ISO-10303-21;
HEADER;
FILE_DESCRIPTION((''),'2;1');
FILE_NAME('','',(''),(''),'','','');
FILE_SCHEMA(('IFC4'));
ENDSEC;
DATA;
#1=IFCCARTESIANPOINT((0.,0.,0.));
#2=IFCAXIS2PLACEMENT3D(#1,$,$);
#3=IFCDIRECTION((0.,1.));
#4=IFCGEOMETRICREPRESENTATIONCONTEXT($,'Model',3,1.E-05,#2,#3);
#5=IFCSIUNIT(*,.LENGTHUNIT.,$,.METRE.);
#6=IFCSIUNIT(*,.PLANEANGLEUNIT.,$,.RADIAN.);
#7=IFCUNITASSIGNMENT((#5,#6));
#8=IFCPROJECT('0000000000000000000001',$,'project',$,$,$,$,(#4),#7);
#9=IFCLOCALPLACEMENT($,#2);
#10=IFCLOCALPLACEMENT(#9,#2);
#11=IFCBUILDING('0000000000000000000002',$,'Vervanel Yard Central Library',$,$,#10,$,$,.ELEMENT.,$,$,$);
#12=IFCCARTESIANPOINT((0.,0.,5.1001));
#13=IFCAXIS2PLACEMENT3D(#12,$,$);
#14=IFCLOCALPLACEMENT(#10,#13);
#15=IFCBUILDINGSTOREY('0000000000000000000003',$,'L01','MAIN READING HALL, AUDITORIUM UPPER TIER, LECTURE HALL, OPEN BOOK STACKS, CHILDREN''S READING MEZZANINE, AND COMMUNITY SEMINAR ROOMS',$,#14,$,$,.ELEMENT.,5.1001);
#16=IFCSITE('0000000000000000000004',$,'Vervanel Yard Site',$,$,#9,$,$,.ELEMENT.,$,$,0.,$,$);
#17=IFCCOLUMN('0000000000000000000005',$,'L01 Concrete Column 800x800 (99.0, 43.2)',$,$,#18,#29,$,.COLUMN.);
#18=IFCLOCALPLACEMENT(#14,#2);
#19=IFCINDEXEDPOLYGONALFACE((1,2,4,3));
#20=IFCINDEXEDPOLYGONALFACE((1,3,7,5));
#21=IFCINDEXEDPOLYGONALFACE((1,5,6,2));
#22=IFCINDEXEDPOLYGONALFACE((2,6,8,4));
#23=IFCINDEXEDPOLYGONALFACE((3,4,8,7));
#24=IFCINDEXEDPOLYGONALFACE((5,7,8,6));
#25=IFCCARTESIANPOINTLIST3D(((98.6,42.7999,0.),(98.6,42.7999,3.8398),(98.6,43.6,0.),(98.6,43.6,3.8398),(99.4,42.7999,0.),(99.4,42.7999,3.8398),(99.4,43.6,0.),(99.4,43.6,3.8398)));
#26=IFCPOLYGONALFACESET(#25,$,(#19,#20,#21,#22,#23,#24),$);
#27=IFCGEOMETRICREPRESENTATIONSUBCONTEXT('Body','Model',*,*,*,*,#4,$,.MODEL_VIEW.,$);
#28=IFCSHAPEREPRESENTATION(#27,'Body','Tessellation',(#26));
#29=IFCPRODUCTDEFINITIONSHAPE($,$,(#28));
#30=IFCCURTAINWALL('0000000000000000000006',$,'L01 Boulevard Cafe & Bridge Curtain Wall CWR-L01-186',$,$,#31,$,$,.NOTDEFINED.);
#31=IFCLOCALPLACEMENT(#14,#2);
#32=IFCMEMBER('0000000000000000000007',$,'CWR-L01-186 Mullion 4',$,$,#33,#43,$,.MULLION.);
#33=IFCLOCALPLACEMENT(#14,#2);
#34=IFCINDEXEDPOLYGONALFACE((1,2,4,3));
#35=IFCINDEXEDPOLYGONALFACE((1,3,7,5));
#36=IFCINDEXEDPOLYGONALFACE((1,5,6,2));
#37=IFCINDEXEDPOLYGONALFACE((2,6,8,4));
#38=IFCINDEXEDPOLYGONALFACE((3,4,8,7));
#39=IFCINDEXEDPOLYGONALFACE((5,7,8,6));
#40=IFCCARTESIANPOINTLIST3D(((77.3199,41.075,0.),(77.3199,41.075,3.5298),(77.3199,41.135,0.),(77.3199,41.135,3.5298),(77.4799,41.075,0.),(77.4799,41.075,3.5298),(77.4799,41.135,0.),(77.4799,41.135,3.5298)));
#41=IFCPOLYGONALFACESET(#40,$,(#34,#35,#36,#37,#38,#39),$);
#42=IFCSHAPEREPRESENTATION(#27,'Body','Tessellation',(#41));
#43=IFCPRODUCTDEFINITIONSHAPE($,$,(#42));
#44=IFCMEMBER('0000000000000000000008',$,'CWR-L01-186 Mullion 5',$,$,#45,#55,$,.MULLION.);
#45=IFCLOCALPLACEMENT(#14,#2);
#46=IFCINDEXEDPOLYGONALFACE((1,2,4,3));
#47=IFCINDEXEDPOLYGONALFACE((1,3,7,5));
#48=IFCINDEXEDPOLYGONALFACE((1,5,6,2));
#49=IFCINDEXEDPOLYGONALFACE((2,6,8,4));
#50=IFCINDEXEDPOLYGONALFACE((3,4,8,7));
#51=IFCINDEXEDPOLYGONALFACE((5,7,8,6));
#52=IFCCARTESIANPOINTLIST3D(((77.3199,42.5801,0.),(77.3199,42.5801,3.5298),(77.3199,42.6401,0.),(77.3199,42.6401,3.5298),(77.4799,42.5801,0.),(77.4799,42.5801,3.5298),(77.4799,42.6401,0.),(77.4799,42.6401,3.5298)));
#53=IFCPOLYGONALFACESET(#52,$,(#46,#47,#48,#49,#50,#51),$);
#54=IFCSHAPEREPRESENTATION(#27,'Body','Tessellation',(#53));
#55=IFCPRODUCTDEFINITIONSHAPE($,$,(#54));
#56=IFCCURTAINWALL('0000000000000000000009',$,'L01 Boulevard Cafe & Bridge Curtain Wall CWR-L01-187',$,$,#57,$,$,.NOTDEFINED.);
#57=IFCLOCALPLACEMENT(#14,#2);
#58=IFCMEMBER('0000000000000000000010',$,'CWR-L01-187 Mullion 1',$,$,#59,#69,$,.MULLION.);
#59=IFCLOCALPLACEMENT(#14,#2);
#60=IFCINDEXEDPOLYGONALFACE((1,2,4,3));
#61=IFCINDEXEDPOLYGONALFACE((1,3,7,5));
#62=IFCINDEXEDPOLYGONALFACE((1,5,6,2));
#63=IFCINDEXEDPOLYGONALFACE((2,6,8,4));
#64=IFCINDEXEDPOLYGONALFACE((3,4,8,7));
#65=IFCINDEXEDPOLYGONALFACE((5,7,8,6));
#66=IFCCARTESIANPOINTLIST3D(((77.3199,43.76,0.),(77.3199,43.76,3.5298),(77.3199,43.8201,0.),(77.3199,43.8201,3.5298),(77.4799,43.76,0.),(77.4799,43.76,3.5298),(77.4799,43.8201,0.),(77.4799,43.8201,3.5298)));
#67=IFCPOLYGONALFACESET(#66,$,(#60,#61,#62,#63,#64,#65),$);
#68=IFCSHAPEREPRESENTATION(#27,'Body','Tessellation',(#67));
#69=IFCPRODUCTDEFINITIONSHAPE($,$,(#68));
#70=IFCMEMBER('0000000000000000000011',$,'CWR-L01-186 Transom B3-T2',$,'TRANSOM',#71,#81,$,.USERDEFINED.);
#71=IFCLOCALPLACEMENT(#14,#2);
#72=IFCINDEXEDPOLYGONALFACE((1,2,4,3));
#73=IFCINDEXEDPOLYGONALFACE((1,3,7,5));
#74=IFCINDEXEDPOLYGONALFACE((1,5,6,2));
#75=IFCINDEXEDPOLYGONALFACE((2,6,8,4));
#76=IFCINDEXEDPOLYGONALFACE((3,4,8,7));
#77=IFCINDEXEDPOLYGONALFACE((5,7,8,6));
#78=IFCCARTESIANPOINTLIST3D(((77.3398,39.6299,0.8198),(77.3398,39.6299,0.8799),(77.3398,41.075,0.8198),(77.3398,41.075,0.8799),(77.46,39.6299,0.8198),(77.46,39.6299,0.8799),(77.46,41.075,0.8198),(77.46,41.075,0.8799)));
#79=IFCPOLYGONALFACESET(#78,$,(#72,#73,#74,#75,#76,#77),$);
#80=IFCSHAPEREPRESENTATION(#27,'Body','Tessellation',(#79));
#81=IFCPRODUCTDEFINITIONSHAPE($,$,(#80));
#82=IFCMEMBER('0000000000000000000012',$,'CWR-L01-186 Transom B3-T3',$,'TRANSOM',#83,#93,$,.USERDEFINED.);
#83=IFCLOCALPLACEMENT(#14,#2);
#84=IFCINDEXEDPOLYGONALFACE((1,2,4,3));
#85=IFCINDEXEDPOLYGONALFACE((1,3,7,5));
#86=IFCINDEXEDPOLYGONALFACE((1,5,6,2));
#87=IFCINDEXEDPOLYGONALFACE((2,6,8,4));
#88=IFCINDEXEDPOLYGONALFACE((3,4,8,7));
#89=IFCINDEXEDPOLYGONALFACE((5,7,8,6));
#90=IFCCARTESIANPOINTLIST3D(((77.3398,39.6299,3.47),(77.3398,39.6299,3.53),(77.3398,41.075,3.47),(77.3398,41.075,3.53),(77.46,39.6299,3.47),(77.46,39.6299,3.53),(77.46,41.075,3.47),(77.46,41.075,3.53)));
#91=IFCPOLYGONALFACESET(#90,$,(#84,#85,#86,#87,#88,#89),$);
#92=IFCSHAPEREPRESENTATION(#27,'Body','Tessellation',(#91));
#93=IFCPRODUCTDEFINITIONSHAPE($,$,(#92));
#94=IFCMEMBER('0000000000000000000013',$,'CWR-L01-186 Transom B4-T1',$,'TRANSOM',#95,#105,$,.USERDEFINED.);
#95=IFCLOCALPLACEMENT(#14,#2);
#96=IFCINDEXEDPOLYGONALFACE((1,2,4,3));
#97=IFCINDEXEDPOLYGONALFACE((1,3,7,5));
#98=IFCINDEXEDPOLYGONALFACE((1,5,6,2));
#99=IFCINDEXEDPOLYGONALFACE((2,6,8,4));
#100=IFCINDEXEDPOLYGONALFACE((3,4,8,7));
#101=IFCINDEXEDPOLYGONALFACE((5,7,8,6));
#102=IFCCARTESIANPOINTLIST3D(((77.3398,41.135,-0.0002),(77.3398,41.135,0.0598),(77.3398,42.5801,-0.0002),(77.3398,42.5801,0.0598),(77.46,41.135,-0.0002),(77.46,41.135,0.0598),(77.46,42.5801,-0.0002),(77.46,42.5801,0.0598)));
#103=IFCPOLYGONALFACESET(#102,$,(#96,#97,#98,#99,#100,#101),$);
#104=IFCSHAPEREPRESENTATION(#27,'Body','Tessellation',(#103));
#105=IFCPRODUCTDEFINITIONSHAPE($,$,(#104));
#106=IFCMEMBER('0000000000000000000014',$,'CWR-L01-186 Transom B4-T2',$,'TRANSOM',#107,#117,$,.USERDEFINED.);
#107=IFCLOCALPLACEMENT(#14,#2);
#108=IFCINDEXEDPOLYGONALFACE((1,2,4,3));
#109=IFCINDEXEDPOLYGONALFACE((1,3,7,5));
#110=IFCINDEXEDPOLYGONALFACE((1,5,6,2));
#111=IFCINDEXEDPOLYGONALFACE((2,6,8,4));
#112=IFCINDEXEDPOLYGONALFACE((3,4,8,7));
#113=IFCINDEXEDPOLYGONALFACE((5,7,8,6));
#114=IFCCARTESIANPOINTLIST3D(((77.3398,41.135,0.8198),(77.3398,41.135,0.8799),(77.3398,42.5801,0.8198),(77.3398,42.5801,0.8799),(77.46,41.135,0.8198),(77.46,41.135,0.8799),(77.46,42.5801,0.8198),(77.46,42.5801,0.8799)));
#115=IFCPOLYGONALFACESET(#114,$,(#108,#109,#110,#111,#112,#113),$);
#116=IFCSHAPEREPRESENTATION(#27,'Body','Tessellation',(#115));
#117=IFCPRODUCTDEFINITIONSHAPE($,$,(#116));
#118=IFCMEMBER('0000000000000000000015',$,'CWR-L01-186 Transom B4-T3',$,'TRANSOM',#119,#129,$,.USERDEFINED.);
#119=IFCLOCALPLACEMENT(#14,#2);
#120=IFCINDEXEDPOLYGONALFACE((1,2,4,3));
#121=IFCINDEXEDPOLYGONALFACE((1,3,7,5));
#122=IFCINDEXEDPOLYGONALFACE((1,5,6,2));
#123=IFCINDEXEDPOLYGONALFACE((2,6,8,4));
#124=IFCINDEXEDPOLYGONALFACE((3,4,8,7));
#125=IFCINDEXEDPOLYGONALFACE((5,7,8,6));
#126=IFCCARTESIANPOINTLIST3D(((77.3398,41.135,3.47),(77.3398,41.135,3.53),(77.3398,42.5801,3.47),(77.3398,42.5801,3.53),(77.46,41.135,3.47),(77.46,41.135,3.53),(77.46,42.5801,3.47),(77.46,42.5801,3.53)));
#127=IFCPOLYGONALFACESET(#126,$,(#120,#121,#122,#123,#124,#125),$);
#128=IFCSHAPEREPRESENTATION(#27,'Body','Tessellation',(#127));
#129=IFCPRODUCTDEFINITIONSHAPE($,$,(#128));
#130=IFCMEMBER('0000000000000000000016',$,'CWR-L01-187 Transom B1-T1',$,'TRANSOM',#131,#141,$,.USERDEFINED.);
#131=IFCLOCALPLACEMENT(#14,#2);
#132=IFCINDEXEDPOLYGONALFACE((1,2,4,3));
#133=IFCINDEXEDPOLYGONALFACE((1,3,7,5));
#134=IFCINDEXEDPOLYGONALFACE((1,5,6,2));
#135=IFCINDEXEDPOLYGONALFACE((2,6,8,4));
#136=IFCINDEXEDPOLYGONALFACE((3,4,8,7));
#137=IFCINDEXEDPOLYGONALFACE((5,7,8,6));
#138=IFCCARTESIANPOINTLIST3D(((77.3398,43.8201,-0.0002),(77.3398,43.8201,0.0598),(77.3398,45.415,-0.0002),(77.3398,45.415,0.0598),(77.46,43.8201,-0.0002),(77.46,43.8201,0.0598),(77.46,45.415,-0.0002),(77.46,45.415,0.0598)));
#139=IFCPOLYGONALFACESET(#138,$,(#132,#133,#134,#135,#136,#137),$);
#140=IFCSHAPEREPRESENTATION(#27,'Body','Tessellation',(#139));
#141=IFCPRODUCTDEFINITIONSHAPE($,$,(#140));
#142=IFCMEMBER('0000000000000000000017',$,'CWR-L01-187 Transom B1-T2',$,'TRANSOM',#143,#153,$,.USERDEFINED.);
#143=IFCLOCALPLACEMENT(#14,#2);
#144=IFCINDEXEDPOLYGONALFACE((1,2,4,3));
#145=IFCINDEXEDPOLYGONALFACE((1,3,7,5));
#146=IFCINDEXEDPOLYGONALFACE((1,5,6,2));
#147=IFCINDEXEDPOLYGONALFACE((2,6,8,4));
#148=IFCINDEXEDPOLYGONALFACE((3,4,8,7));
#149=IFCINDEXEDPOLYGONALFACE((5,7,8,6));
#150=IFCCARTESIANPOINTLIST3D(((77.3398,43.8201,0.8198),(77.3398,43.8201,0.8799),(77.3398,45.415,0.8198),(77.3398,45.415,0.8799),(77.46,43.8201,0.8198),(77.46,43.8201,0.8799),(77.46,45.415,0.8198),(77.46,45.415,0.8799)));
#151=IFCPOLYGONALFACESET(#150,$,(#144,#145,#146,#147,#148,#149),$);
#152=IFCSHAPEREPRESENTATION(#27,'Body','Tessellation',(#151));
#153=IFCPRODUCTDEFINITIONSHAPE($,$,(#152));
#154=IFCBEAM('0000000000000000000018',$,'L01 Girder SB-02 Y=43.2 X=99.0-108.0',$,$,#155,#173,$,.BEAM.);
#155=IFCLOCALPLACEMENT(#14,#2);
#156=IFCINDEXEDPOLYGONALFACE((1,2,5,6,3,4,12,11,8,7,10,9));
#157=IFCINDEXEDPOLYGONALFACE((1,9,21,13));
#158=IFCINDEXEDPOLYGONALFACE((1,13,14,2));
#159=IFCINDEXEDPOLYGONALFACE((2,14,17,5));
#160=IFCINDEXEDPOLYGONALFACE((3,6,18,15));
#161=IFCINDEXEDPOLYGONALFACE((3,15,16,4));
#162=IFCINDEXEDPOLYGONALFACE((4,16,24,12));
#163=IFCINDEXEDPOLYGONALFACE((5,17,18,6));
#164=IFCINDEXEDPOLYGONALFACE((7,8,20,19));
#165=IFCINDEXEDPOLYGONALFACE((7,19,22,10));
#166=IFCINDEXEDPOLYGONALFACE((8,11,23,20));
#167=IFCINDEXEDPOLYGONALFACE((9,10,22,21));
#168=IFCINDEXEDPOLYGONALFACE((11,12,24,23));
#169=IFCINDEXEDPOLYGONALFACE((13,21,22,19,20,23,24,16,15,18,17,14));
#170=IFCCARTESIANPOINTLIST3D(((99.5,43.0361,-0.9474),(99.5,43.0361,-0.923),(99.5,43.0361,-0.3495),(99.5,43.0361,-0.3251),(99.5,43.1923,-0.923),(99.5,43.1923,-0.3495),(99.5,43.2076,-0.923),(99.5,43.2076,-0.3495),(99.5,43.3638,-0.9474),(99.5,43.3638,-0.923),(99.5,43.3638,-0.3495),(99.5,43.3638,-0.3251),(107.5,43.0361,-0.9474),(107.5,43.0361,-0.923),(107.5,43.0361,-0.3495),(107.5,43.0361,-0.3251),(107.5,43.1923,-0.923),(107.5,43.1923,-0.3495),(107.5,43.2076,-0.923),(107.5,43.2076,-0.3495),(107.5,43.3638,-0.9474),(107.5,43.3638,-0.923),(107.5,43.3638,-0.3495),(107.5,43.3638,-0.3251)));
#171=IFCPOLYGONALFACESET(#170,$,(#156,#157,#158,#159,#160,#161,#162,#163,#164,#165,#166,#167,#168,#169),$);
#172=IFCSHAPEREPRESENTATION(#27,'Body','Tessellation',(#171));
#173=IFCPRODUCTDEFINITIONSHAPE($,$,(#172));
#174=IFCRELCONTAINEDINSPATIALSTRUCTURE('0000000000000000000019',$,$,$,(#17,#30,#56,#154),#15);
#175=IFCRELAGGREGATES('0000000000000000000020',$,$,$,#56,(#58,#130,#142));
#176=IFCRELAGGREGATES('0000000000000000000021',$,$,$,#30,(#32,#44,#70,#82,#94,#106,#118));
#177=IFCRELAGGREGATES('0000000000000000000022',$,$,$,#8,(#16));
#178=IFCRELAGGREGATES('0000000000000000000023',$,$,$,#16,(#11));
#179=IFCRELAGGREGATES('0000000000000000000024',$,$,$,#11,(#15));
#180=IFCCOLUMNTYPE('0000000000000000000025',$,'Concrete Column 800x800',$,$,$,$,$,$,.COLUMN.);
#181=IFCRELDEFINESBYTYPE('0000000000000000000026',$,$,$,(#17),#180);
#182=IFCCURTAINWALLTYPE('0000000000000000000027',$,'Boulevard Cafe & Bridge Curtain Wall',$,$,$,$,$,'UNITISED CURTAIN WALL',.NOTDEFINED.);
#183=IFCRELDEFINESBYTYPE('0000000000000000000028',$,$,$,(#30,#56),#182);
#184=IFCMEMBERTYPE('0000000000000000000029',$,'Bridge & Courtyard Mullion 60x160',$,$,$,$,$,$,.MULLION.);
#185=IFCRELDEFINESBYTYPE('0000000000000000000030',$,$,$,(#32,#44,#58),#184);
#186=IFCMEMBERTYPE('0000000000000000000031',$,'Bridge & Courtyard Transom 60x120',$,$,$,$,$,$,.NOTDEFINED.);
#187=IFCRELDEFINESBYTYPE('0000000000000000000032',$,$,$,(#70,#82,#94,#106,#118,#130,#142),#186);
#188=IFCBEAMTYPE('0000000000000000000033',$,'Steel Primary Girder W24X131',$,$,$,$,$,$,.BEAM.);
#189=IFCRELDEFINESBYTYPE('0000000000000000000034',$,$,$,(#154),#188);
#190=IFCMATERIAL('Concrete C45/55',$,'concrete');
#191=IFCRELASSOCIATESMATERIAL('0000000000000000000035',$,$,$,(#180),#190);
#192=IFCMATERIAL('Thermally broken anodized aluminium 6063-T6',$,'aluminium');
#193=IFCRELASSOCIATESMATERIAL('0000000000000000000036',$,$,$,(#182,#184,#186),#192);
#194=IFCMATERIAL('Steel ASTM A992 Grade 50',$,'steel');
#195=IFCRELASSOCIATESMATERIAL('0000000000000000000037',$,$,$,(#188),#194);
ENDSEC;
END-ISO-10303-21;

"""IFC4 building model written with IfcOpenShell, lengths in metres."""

from ifc_helpers import new_model, si_unit, direction, frame, origin, origin_2d, place, context, subcontext, project, spatial, rectangle, i_section, extrude, material, material_profile, profile_set, type_object, element, aggregate, save


model = new_model("IFC4")

# Units and contexts
model_context = context("Model", 3, precision=1e-05, world=origin(), true_north=direction((0.0, 1.0)))
body_context = subcontext(model_context, "Body", "Model", "MODEL_VIEW")
ifc_project = project(units=[si_unit("LENGTHUNIT", "METRE"), si_unit("PLANEANGLEUNIT", "RADIAN")], contexts=[model_context])

# Site, building, storey
site_placement = place(None, origin())
site = spatial("IfcSite", under=ifc_project, at=site_placement, Name="Vervanel Yard Site", CompositionType="ELEMENT", RefElevation=0.0)
building_placement = place(site_placement, origin())
building = spatial("IfcBuilding", under=site, at=building_placement, Name="Vervanel Yard Central Library", CompositionType="ELEMENT")
storey_placement = place(building_placement, frame((0.0, 0.0, 5.1001)))
storey = spatial("IfcBuildingStorey", under=building, at=storey_placement, Name="L01", Description="MAIN READING HALL, AUDITORIUM UPPER TIER, LECTURE HALL, OPEN BOOK STACKS, CHILDREN'S READING MEZZANINE, AND COMMUNITY SEMINAR ROOMS", CompositionType="ELEMENT", Elevation=5.1001)

# Column
ifc_material_1 = material(Name="Concrete C45/55", Category="concrete")
ifc_material_profile_1 = material_profile(ifc_material_1, rectangle(XDim=0.8, YDim=0.8, at=origin_2d()), Name="RC 800x800", Category="concrete")
ifc_profile_set_1 = profile_set([ifc_material_profile_1], Name="Concrete C45/55")
column_type = type_object("IfcColumnType", Name="Concrete Column 800x800", PredefinedType="COLUMN", material=ifc_profile_set_1)
column_placement = place(storey_placement, frame((99.0, 43.2, 0.0), z_axis=(0.0, 0.0, 1.0), x_axis=(1.0, 0.0, 0.0)))
element("IfcColumn", 1, at=column_placement, inside=storey, type_object=column_type, Name="L01 Concrete Column 800x800 (99.0, 43.2)", PredefinedType="COLUMN", context=body_context, shape_type="SweptSolid", body=[
    extrude(rectangle(XDim=0.8, YDim=0.8, at=origin_2d()), origin(), (0.0, 0.0, 1.0), 3.8398),
])

# Curtain wall, members
ifc_material_2 = material(Name="Thermally broken anodized aluminium 6063-T6", Category="aluminium")
curtain_wall_type = type_object("IfcCurtainWallType", Name="Boulevard Cafe & Bridge Curtain Wall", ElementType="UNITISED CURTAIN WALL", PredefinedType="NOTDEFINED", material=ifc_material_2)
curtain_wall_1_placement = place(storey_placement, origin())
curtain_wall_1 = element("IfcCurtainWall", 2, at=curtain_wall_1_placement, inside=storey, type_object=curtain_wall_type, Name="L01 Boulevard Cafe & Bridge Curtain Wall CWR-L01-186", PredefinedType="NOTDEFINED")
ifc_material_profile_2 = material_profile(ifc_material_2, rectangle(XDim=0.0601, YDim=0.1599, at=origin_2d()), Name="ALU 60x160", Category="aluminium")
ifc_profile_set_2 = profile_set([ifc_material_profile_2], Name="Thermally broken anodized aluminium 6063-T6")
member_type_1 = type_object("IfcMemberType", Name="Bridge & Courtyard Mullion 60x160", PredefinedType="MULLION", material=ifc_profile_set_2)
member_1_placement = place(storey_placement, frame((77.3999, 41.105, 0.0), z_axis=(0.0, 0.0, 1.0), x_axis=(0.0, 1.0, 0.0)))
member_1 = element("IfcMember", 3, at=member_1_placement, type_object=member_type_1, Name="CWR-L01-186 Mullion 4", PredefinedType="MULLION", context=body_context, shape_type="SweptSolid", body=[
    extrude(rectangle(XDim=0.0601, YDim=0.1599, at=origin_2d()), origin(), (0.0, 0.0, 1.0), 3.5298),
])
member_2_placement = place(storey_placement, frame((77.3999, 42.6101, 0.0), z_axis=(0.0, 0.0, 1.0), x_axis=(0.0, 1.0, 0.0)))
member_2 = element("IfcMember", 4, at=member_2_placement, type_object=member_type_1, Name="CWR-L01-186 Mullion 5", PredefinedType="MULLION", context=body_context, shape_type="SweptSolid", body=[
    extrude(rectangle(XDim=0.0601, YDim=0.1599, at=origin_2d()), origin(), (0.0, 0.0, 1.0), 3.5298),
])

# Curtain wall, member
curtain_wall_2_placement = place(storey_placement, origin())
curtain_wall_2 = element("IfcCurtainWall", 5, at=curtain_wall_2_placement, inside=storey, type_object=curtain_wall_type, Name="L01 Boulevard Cafe & Bridge Curtain Wall CWR-L01-187", PredefinedType="NOTDEFINED")
member_3_placement = place(storey_placement, frame((77.3999, 43.79, 0.0), z_axis=(0.0, 0.0, 1.0), x_axis=(0.0, 1.0, 0.0)))
member_3 = element("IfcMember", 6, at=member_3_placement, type_object=member_type_1, Name="CWR-L01-187 Mullion 1", PredefinedType="MULLION", context=body_context, shape_type="SweptSolid", body=[
    extrude(rectangle(XDim=0.0601, YDim=0.1599, at=origin_2d()), origin(), (0.0, 0.0, 1.0), 3.5298),
])

# Members
ifc_material_profile_3 = material_profile(ifc_material_2, rectangle(XDim=0.0601, YDim=0.1201, at=origin_2d()), Name="ALU 60x120", Category="aluminium")
ifc_profile_set_3 = profile_set([ifc_material_profile_3], Name="Thermally broken anodized aluminium 6063-T6")
member_type_2 = type_object("IfcMemberType", Name="Bridge & Courtyard Transom 60x120", PredefinedType="NOTDEFINED", material=ifc_profile_set_3)
member_4_placement = place(storey_placement, frame((77.3999, 39.6299, 0.8499), z_axis=(0.0, 1.0, 0.0), x_axis=(0.0, 0.0, 1.0)))
member_4 = element("IfcMember", 7, at=member_4_placement, type_object=member_type_2, Name="CWR-L01-186 Transom B3-T2", ObjectType="TRANSOM", PredefinedType="USERDEFINED", context=body_context, shape_type="SweptSolid", body=[
    extrude(rectangle(XDim=0.0601, YDim=0.1201, at=origin_2d()), origin(), (0.0, 0.0, 1.0), 1.4451),
])
member_5_placement = place(storey_placement, frame((77.3999, 39.6299, 3.5), z_axis=(0.0, 1.0, 0.0), x_axis=(0.0, 0.0, 1.0)))
member_5 = element("IfcMember", 8, at=member_5_placement, type_object=member_type_2, Name="CWR-L01-186 Transom B3-T3", ObjectType="TRANSOM", PredefinedType="USERDEFINED", context=body_context, shape_type="SweptSolid", body=[
    extrude(rectangle(XDim=0.0601, YDim=0.1201, at=origin_2d()), origin(), (0.0, 0.0, 1.0), 1.4451),
])
member_6_placement = place(storey_placement, frame((77.3999, 41.135, 0.0298), z_axis=(0.0, 1.0, 0.0), x_axis=(0.0, 0.0, 1.0)))
member_6 = element("IfcMember", 9, at=member_6_placement, type_object=member_type_2, Name="CWR-L01-186 Transom B4-T1", ObjectType="TRANSOM", PredefinedType="USERDEFINED", context=body_context, shape_type="SweptSolid", body=[
    extrude(rectangle(XDim=0.0601, YDim=0.1201, at=origin_2d()), origin(), (0.0, 0.0, 1.0), 1.4451),
])
member_7_placement = place(storey_placement, frame((77.3999, 41.135, 0.8499), z_axis=(0.0, 1.0, 0.0), x_axis=(0.0, 0.0, 1.0)))
member_7 = element("IfcMember", 10, at=member_7_placement, type_object=member_type_2, Name="CWR-L01-186 Transom B4-T2", ObjectType="TRANSOM", PredefinedType="USERDEFINED", context=body_context, shape_type="SweptSolid", body=[
    extrude(rectangle(XDim=0.0601, YDim=0.1201, at=origin_2d()), origin(), (0.0, 0.0, 1.0), 1.4451),
])
member_8_placement = place(storey_placement, frame((77.3999, 41.135, 3.5), z_axis=(0.0, 1.0, 0.0), x_axis=(0.0, 0.0, 1.0)))
member_8 = element("IfcMember", 11, at=member_8_placement, type_object=member_type_2, Name="CWR-L01-186 Transom B4-T3", ObjectType="TRANSOM", PredefinedType="USERDEFINED", context=body_context, shape_type="SweptSolid", body=[
    extrude(rectangle(XDim=0.0601, YDim=0.1201, at=origin_2d()), origin(), (0.0, 0.0, 1.0), 1.4451),
])
member_9_placement = place(storey_placement, frame((77.3999, 43.8201, 0.0298), z_axis=(0.0, 1.0, 0.0), x_axis=(0.0, 0.0, 1.0)))
member_9 = element("IfcMember", 12, at=member_9_placement, type_object=member_type_2, Name="CWR-L01-187 Transom B1-T1", ObjectType="TRANSOM", PredefinedType="USERDEFINED", context=body_context, shape_type="SweptSolid", body=[
    extrude(rectangle(XDim=0.0601, YDim=0.1201, at=origin_2d()), origin(), (0.0, 0.0, 1.0), 1.595),
])
member_10_placement = place(storey_placement, frame((77.3999, 43.8201, 0.8499), z_axis=(0.0, 1.0, 0.0), x_axis=(0.0, 0.0, 1.0)))
member_10 = element("IfcMember", 13, at=member_10_placement, type_object=member_type_2, Name="CWR-L01-187 Transom B1-T2", ObjectType="TRANSOM", PredefinedType="USERDEFINED", context=body_context, shape_type="SweptSolid", body=[
    extrude(rectangle(XDim=0.0601, YDim=0.1201, at=origin_2d()), origin(), (0.0, 0.0, 1.0), 1.595),
])
aggregate(curtain_wall_2, [member_3, member_9, member_10])

# Beam
ifc_material_3 = material(Name="Steel ASTM A992 Grade 50", Category="steel")
ifc_material_profile_4 = material_profile(ifc_material_3, i_section(OverallWidth=0.3276, OverallDepth=0.6223, WebThickness=0.0154, FlangeThickness=0.0244, at=origin_2d()), Name="W24X131", Category="steel")
ifc_profile_set_4 = profile_set([ifc_material_profile_4], Name="Steel ASTM A992 Grade 50")
beam_type_1 = type_object("IfcBeamType", Name="Steel Primary Girder W24X131", PredefinedType="BEAM", material=ifc_profile_set_4)
beam_1_placement = place(storey_placement, frame((99.5, 43.2, -0.6362), z_axis=(1.0, 0.0, 0.0), x_axis=(0.0, 1.0, 0.0)))
element("IfcBeam", 14, at=beam_1_placement, inside=storey, type_object=beam_type_1, Name="L01 Girder SB-02 Y=43.2 X=99.0-108.0", PredefinedType="BEAM", context=body_context, shape_type="SweptSolid", body=[
    extrude(i_section(OverallWidth=0.3276, OverallDepth=0.6223, WebThickness=0.0154, FlangeThickness=0.0244, at=origin_2d()), origin(), (0.0, 0.0, 1.0), 8.0),
])

aggregate(curtain_wall_1, [member_1, member_2, member_4, member_5, member_6, member_7, member_8])

save(model, "model.ifc")
